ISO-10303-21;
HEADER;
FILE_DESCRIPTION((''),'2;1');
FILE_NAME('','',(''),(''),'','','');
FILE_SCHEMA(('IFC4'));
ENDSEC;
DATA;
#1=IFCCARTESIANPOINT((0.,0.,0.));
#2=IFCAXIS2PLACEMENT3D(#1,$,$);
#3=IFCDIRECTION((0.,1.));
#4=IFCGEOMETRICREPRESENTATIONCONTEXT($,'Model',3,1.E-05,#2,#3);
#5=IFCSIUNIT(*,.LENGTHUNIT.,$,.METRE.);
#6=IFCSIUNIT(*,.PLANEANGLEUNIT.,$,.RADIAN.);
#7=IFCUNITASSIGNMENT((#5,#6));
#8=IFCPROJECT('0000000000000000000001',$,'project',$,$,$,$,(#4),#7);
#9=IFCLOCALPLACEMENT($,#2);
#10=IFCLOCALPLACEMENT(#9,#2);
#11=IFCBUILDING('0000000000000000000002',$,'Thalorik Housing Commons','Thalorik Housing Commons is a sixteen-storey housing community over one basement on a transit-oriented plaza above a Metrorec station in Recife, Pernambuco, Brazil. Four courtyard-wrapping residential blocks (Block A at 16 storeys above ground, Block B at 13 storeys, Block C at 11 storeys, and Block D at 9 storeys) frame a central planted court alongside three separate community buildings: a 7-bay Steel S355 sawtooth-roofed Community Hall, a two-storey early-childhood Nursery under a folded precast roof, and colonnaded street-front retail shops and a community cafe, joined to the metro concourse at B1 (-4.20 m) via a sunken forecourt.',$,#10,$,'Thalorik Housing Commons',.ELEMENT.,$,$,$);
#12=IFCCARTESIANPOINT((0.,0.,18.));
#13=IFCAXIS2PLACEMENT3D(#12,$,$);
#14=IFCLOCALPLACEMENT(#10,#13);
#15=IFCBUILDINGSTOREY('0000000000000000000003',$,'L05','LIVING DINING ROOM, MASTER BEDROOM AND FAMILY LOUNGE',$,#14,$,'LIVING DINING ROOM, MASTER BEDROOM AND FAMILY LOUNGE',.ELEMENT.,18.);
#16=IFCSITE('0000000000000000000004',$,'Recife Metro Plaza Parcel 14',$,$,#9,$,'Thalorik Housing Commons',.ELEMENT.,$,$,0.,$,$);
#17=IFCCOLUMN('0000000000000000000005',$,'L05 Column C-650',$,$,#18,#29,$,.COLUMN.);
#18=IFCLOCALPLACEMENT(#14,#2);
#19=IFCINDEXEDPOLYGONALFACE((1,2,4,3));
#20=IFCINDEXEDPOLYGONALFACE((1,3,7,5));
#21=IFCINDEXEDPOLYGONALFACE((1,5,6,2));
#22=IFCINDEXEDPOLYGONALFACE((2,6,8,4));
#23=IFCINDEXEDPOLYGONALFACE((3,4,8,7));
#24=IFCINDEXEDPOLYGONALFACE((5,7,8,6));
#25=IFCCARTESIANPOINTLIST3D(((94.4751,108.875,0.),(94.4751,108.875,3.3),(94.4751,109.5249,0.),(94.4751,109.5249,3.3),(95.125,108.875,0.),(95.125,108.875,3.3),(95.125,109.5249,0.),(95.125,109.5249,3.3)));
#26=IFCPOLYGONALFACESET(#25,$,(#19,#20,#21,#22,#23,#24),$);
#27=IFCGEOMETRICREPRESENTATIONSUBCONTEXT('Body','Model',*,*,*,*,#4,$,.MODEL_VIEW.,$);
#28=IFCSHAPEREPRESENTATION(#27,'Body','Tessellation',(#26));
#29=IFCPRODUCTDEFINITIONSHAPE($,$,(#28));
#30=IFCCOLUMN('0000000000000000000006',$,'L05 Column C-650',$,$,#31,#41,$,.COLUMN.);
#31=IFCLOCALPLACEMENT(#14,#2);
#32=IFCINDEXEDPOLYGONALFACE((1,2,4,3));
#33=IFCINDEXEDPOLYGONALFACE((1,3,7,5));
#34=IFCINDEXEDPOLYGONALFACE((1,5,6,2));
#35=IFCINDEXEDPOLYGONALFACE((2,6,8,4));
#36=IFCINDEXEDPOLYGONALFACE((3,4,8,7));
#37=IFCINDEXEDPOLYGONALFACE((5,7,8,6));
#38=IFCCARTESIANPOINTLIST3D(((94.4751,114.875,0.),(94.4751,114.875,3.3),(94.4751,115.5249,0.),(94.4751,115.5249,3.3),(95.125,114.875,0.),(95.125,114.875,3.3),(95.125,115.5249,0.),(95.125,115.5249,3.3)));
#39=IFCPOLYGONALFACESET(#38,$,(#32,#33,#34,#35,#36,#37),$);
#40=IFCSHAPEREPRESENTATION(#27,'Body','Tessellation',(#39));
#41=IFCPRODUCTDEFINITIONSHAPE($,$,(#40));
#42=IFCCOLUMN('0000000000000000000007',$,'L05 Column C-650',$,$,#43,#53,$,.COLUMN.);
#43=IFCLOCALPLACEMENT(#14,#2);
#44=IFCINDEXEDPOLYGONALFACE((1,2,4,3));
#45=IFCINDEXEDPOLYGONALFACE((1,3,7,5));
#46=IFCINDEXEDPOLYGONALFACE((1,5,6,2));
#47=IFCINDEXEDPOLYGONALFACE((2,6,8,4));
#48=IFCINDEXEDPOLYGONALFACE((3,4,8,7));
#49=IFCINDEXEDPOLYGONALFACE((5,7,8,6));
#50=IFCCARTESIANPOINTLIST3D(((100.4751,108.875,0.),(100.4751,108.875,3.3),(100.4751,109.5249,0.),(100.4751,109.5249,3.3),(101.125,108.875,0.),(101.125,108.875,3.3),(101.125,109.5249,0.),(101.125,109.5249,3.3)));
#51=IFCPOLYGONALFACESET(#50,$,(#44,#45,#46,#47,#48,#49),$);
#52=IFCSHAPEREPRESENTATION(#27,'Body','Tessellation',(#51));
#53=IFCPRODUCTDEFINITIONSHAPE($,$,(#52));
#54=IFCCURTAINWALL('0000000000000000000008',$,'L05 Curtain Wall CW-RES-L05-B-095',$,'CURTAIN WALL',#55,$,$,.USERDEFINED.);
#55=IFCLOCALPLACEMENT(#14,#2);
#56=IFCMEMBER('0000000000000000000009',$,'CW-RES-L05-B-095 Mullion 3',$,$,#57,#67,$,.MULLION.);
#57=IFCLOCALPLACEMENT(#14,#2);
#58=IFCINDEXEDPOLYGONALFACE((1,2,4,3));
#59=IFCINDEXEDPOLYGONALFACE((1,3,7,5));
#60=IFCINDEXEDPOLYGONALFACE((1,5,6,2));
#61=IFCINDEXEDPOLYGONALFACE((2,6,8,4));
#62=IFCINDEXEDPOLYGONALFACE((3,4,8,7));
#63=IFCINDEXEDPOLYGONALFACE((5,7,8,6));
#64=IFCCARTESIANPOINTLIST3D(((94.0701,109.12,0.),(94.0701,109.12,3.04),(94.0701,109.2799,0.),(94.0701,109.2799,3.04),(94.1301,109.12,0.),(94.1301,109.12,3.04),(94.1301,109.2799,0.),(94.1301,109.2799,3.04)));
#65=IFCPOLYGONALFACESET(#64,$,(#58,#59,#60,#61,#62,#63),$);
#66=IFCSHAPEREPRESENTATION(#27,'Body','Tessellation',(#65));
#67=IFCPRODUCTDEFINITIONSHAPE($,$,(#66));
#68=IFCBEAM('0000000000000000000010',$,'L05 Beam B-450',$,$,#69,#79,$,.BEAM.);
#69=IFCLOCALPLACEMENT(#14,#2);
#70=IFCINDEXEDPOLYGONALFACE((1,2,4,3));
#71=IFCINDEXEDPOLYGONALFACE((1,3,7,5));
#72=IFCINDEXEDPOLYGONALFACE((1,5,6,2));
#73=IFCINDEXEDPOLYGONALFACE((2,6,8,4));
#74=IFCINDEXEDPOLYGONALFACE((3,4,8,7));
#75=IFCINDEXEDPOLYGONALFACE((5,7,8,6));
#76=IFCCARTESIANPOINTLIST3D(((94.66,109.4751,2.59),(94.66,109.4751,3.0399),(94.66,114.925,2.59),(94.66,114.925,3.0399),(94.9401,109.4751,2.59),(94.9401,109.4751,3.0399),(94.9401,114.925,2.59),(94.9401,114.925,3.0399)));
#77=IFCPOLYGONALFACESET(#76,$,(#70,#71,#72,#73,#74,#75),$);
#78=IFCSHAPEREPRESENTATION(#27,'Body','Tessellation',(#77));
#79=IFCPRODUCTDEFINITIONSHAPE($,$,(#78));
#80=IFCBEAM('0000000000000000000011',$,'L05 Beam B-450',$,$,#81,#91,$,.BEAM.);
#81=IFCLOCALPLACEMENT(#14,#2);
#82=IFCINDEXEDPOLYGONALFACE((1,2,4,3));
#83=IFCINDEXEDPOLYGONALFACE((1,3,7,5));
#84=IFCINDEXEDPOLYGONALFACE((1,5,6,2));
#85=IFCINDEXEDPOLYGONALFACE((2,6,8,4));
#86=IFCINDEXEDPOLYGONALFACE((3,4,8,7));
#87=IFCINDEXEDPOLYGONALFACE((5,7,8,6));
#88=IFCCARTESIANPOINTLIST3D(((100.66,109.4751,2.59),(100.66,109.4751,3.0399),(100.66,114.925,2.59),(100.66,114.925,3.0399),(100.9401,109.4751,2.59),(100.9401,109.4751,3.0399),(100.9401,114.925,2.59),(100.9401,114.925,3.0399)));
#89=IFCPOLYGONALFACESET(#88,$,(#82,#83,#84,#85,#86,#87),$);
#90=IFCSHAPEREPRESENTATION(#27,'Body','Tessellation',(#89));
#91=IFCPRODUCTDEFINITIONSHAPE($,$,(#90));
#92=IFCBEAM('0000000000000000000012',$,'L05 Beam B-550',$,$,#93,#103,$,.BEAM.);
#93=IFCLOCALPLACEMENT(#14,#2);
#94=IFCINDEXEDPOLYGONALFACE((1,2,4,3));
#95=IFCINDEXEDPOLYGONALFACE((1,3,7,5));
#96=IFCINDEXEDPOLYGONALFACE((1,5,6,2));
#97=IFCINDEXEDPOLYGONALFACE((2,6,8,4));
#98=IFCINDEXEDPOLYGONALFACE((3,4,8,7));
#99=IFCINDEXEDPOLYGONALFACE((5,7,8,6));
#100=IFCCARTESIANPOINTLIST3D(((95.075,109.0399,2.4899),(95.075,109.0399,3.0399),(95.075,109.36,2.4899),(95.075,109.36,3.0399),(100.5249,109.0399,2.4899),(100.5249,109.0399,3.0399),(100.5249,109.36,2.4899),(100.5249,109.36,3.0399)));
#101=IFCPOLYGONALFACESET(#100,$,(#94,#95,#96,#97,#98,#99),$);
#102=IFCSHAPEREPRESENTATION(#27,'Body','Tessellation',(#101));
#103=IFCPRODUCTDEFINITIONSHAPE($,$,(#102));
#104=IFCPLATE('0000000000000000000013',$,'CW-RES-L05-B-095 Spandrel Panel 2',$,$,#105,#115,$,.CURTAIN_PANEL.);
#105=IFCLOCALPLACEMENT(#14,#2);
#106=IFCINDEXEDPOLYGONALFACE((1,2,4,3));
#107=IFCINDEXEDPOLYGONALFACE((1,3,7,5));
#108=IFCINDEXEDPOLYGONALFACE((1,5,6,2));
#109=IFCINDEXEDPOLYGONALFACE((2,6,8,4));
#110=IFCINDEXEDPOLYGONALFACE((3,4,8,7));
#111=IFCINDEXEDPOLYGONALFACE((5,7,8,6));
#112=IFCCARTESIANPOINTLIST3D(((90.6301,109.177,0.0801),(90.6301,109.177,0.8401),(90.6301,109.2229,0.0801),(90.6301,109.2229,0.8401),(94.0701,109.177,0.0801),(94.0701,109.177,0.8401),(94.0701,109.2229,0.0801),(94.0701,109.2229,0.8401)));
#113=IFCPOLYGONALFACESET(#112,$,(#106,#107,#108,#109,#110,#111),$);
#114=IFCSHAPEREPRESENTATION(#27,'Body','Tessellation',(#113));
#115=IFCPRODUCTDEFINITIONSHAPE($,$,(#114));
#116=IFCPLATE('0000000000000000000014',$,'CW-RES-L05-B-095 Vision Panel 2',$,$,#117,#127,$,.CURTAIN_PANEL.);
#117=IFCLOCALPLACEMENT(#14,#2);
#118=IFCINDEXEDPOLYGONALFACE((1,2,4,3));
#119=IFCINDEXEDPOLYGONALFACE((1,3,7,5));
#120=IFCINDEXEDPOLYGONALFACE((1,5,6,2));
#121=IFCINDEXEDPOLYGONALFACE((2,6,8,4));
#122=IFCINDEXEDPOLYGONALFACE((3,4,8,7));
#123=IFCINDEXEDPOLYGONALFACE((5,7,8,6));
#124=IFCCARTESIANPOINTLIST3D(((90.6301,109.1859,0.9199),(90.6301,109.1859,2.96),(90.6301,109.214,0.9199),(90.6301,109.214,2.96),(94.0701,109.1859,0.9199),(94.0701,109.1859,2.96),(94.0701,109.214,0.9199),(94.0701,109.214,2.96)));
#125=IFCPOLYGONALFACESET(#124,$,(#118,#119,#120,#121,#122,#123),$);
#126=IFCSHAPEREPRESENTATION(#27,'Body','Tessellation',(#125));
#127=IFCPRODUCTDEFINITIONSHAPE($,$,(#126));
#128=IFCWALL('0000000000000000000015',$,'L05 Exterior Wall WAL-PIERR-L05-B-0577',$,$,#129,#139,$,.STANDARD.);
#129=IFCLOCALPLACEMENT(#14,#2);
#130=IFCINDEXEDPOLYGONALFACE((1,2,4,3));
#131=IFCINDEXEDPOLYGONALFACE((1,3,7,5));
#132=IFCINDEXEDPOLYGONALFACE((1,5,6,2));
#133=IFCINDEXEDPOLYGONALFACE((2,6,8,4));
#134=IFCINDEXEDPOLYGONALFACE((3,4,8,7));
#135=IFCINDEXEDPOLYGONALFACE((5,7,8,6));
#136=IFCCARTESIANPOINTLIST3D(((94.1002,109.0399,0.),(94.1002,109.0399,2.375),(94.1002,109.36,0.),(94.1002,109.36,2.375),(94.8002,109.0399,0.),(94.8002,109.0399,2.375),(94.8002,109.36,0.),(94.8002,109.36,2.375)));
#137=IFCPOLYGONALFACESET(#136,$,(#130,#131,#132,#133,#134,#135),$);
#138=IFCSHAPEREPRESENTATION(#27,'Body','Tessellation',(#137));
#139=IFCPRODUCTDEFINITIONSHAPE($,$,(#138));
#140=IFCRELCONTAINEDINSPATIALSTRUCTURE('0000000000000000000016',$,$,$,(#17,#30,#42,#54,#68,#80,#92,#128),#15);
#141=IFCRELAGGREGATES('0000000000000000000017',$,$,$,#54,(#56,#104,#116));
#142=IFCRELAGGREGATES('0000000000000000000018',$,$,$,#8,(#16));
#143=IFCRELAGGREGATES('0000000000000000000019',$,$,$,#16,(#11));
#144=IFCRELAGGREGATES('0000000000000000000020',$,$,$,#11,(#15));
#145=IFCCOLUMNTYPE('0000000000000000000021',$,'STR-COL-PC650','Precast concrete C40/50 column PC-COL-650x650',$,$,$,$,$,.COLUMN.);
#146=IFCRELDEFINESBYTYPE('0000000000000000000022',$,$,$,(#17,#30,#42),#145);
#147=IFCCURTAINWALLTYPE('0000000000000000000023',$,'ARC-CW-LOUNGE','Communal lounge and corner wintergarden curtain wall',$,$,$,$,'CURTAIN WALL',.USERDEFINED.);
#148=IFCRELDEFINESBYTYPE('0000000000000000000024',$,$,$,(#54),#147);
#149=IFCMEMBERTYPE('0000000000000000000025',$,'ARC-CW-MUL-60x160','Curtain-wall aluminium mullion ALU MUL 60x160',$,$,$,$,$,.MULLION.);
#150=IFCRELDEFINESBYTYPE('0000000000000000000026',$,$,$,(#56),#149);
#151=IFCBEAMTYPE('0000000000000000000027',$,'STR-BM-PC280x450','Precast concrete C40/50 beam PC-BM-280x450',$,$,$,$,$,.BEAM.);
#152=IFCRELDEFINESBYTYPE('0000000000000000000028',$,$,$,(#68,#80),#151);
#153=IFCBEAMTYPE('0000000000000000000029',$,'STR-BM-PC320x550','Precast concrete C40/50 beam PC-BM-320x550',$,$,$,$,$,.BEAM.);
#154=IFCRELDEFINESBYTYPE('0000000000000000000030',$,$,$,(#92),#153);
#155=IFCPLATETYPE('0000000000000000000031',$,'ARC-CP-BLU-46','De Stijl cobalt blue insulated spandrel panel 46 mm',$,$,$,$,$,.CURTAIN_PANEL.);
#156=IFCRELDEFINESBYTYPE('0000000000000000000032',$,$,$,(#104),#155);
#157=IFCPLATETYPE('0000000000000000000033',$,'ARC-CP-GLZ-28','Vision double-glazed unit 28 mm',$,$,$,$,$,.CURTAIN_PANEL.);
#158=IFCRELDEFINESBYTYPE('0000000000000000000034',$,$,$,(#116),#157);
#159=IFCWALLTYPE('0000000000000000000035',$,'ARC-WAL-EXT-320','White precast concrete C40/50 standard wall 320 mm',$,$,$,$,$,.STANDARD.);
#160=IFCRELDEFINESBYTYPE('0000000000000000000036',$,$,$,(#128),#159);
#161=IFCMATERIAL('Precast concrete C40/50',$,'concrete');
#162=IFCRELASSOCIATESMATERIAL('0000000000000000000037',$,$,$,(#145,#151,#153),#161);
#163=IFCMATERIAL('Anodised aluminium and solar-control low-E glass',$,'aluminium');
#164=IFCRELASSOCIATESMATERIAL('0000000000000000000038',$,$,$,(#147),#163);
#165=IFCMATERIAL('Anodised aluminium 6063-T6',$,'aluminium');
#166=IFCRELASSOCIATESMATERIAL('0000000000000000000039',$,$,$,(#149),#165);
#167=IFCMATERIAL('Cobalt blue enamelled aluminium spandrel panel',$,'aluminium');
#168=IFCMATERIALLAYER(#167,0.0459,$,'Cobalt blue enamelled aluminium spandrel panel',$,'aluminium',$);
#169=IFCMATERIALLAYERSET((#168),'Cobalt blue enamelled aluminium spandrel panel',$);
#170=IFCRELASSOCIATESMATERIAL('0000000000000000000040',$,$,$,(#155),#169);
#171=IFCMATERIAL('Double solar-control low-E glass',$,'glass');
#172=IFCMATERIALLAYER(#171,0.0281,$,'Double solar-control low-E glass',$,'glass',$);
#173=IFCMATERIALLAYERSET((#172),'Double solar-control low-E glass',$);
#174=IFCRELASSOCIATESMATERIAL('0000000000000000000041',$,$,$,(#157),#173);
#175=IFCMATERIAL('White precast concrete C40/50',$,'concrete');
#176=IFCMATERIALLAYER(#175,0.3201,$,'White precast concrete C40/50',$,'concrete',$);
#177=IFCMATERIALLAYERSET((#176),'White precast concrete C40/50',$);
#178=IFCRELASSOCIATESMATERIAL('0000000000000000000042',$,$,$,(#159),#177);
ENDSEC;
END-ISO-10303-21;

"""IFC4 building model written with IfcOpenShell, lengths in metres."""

from ifc_helpers import new_model, si_unit, direction, frame, frame_2d, origin, origin_2d, place, context, subcontext, project, spatial, rectangle, extrude, material, layer, layer_set, material_profile, profile_set, type_object, element, aggregate, save


model = new_model("IFC4")

# Units and contexts
model_context = context("Model", 3, precision=1e-05, world=origin(), true_north=direction((0.0, 1.0)))
body_context = subcontext(model_context, "Body", "Model", "MODEL_VIEW")
ifc_project = project(units=[si_unit("LENGTHUNIT", "METRE"), si_unit("PLANEANGLEUNIT", "RADIAN")], contexts=[model_context])

# Site, building, storey
site_placement = place(None, origin())
site = spatial("IfcSite", under=ifc_project, at=site_placement, Name="Recife Metro Plaza Parcel 14", LongName="Thalorik Housing Commons", CompositionType="ELEMENT", RefElevation=0.0)
building_placement = place(site_placement, origin())
building = spatial("IfcBuilding", under=site, at=building_placement, Name="Thalorik Housing Commons", Description="Thalorik Housing Commons is a sixteen-storey housing community over one basement on a transit-oriented plaza above a Metrorec station in Recife, Pernambuco, Brazil. Four courtyard-wrapping residential blocks (Block A at 16 storeys above ground, Block B at 13 storeys, Block C at 11 storeys, and Block D at 9 storeys) frame a central planted court alongside three separate community buildings: a 7-bay Steel S355 sawtooth-roofed Community Hall, a two-storey early-childhood Nursery under a folded precast roof, and colonnaded street-front retail shops and a community cafe, joined to the metro concourse at B1 (-4.20 m) via a sunken forecourt.", LongName="Thalorik Housing Commons", CompositionType="ELEMENT")
storey_placement = place(building_placement, frame((0.0, 0.0, 18.0)))
storey = spatial("IfcBuildingStorey", under=building, at=storey_placement, Name="L05", Description="LIVING DINING ROOM, MASTER BEDROOM AND FAMILY LOUNGE", LongName="LIVING DINING ROOM, MASTER BEDROOM AND FAMILY LOUNGE", CompositionType="ELEMENT", Elevation=18.0)

# Columns
ifc_material_1 = material(Name="Precast concrete C40/50", Category="concrete")
ifc_material_profile_1 = material_profile(ifc_material_1, rectangle(XDim=0.6499, YDim=0.6499, at=origin_2d()), Name="PC 650x650", Category="concrete")
ifc_profile_set_1 = profile_set([ifc_material_profile_1], Name="Precast concrete C40/50")
column_type = type_object("IfcColumnType", Name="STR-COL-PC650", Description="Precast concrete C40/50 column PC-COL-650x650", PredefinedType="COLUMN", material=ifc_profile_set_1)
for number, where, z_axis, x_axis, name in (
    (1, (94.8, 109.2, 0.0), (0.0, 0.0, 1.0), (1.0, 0.0, 0.0), "L05 Column C-650"),
    (2, (94.8, 115.2, 0.0), (0.0, 0.0, 1.0), (1.0, 0.0, 0.0), "L05 Column C-650"),
    (3, (100.8, 109.2, 0.0), (0.0, 0.0, 1.0), (1.0, 0.0, 0.0), "L05 Column C-650"),
):
    element("IfcColumn", number, at=place(storey_placement, frame(where, z_axis=z_axis, x_axis=x_axis)), inside=storey, type_object=column_type, Name=name, PredefinedType="COLUMN", context=body_context, shape_type="SweptSolid", body=[
        extrude(rectangle(XDim=0.6499, YDim=0.6499, at=origin_2d()), origin(), (0.0, 0.0, 1.0), 3.3),
    ])

# Curtain wall, member
ifc_material_2 = material(Name="Anodised aluminium and solar-control low-E glass", Category="aluminium")
curtain_wall_type = type_object("IfcCurtainWallType", Name="ARC-CW-LOUNGE", Description="Communal lounge and corner wintergarden curtain wall", ElementType="CURTAIN WALL", PredefinedType="USERDEFINED", material=ifc_material_2)
curtain_wall_placement = place(storey_placement, origin())
curtain_wall = element("IfcCurtainWall", 4, at=curtain_wall_placement, inside=storey, type_object=curtain_wall_type, Name="L05 Curtain Wall CW-RES-L05-B-095", ObjectType="CURTAIN WALL", PredefinedType="USERDEFINED")
ifc_material_3 = material(Name="Anodised aluminium 6063-T6", Category="aluminium")
ifc_material_profile_2 = material_profile(ifc_material_3, rectangle(XDim=0.0601, YDim=0.1599, at=origin_2d()), Name="ALU MUL 60x160", Category="aluminium")
ifc_profile_set_2 = profile_set([ifc_material_profile_2], Name="Anodised aluminium 6063-T6")
member_type = type_object("IfcMemberType", Name="ARC-CW-MUL-60x160", Description="Curtain-wall aluminium mullion ALU MUL 60x160", PredefinedType="MULLION", material=ifc_profile_set_2)
member_placement = place(storey_placement, frame((94.1001, 109.2, 0.0), z_axis=(0.0, 0.0, 1.0), x_axis=(1.0, 0.0, 0.0)))
member = element("IfcMember", 5, at=member_placement, type_object=member_type, Name="CW-RES-L05-B-095 Mullion 3", PredefinedType="MULLION", context=body_context, shape_type="SweptSolid", body=[
    extrude(rectangle(XDim=0.0601, YDim=0.1599, at=origin_2d()), origin(), (0.0, 0.0, 1.0), 3.04),
])

# Beams
ifc_material_profile_3 = material_profile(ifc_material_1, rectangle(XDim=0.28, YDim=0.45, at=origin_2d()), Name="PC 280x450", Category="concrete")
ifc_profile_set_3 = profile_set([ifc_material_profile_3], Name="Precast concrete C40/50")
beam_type_1 = type_object("IfcBeamType", Name="STR-BM-PC280x450", Description="Precast concrete C40/50 beam PC-BM-280x450", PredefinedType="BEAM", material=ifc_profile_set_3)
for number, where, z_axis, x_axis, name in (
    (6, (94.8, 109.4751, 2.8149), (0.0, 1.0, 0.0), (-1.0, 0.0, 0.0), "L05 Beam B-450"),
    (7, (100.8, 109.4751, 2.8149), (0.0, 1.0, 0.0), (-1.0, 0.0, 0.0), "L05 Beam B-450"),
):
    element("IfcBeam", number, at=place(storey_placement, frame(where, z_axis=z_axis, x_axis=x_axis)), inside=storey, type_object=beam_type_1, Name=name, PredefinedType="BEAM", context=body_context, shape_type="SweptSolid", body=[
        extrude(rectangle(XDim=0.28, YDim=0.45, at=origin_2d()), origin(), (0.0, 0.0, 1.0), 5.45),
    ])
ifc_material_profile_4 = material_profile(ifc_material_1, rectangle(XDim=0.3201, YDim=0.55, at=origin_2d()), Name="PC 320x550", Category="concrete")
ifc_profile_set_4 = profile_set([ifc_material_profile_4], Name="Precast concrete C40/50")
beam_type_2 = type_object("IfcBeamType", Name="STR-BM-PC320x550", Description="Precast concrete C40/50 beam PC-BM-320x550", PredefinedType="BEAM", material=ifc_profile_set_4)
beam_placement = place(storey_placement, frame((95.075, 109.2, 2.7649), z_axis=(1.0, 0.0, 0.0), x_axis=(0.0, 1.0, 0.0)))
element("IfcBeam", 8, at=beam_placement, inside=storey, type_object=beam_type_2, Name="L05 Beam B-550", PredefinedType="BEAM", context=body_context, shape_type="SweptSolid", body=[
    extrude(rectangle(XDim=0.3201, YDim=0.55, at=origin_2d()), origin(), (0.0, 0.0, 1.0), 5.45),
])

# Plates
ifc_material_4 = material(Name="Cobalt blue enamelled aluminium spandrel panel", Category="aluminium")
ifc_layer_1 = layer(ifc_material_4, 0.0459, Name="Cobalt blue enamelled aluminium spandrel panel", Category="aluminium")
ifc_layer_set_1 = layer_set([ifc_layer_1], Name="Cobalt blue enamelled aluminium spandrel panel")
plate_type_1 = type_object("IfcPlateType", Name="ARC-CP-BLU-46", Description="De Stijl cobalt blue insulated spandrel panel 46 mm", PredefinedType="CURTAIN_PANEL", material=ifc_layer_set_1)
plate_1_placement = place(storey_placement, frame((92.3501, 109.2, 0.0801), z_axis=(0.0, 0.0, 1.0), x_axis=(1.0, 0.0, 0.0)))
plate_1 = element("IfcPlate", 9, at=plate_1_placement, type_object=plate_type_1, Name="CW-RES-L05-B-095 Spandrel Panel 2", PredefinedType="CURTAIN_PANEL", context=body_context, shape_type="SweptSolid", body=[
    extrude(rectangle(XDim=3.4399, YDim=0.0459, at=origin_2d()), origin(), (0.0, 0.0, 1.0), 0.76),
])
ifc_material_5 = material(Name="Double solar-control low-E glass", Category="glass")
ifc_layer_2 = layer(ifc_material_5, 0.0281, Name="Double solar-control low-E glass", Category="glass")
ifc_layer_set_2 = layer_set([ifc_layer_2], Name="Double solar-control low-E glass")
plate_type_2 = type_object("IfcPlateType", Name="ARC-CP-GLZ-28", Description="Vision double-glazed unit 28 mm", PredefinedType="CURTAIN_PANEL", material=ifc_layer_set_2)
plate_2_placement = place(storey_placement, frame((92.3501, 109.2, 0.9199), z_axis=(0.0, 0.0, 1.0), x_axis=(1.0, 0.0, 0.0)))
plate_2 = element("IfcPlate", 10, at=plate_2_placement, type_object=plate_type_2, Name="CW-RES-L05-B-095 Vision Panel 2", PredefinedType="CURTAIN_PANEL", context=body_context, shape_type="SweptSolid", body=[
    extrude(rectangle(XDim=3.4399, YDim=0.0281, at=origin_2d()), origin(), (0.0, 0.0, 1.0), 2.04),
])
aggregate(curtain_wall, [member, plate_1, plate_2])

# Wall
ifc_material_6 = material(Name="White precast concrete C40/50", Category="concrete")
ifc_layer_3 = layer(ifc_material_6, 0.3201, Name="White precast concrete C40/50", Category="concrete")
ifc_layer_set_3 = layer_set([ifc_layer_3], Name="White precast concrete C40/50")
wall_type_1 = type_object("IfcWallType", Name="ARC-WAL-EXT-320", Description="White precast concrete C40/50 standard wall 320 mm", PredefinedType="STANDARD", material=ifc_layer_set_3)
wall_1_placement = place(storey_placement, frame((94.1001, 109.2, 0.0), z_axis=(0.0, 0.0, 1.0), x_axis=(1.0, 0.0, 0.0)))
element("IfcWall", 11, at=wall_1_placement, inside=storey, type_object=wall_type_1, Name="L05 Exterior Wall WAL-PIERR-L05-B-0577", PredefinedType="STANDARD", context=body_context, shape_type="SweptSolid", body=[
    extrude(rectangle(XDim=0.7, YDim=0.3201, at=frame_2d((0.3501, 0.0))), origin(), (0.0, 0.0, 1.0), 2.375),
])

save(model, "model.ifc")
